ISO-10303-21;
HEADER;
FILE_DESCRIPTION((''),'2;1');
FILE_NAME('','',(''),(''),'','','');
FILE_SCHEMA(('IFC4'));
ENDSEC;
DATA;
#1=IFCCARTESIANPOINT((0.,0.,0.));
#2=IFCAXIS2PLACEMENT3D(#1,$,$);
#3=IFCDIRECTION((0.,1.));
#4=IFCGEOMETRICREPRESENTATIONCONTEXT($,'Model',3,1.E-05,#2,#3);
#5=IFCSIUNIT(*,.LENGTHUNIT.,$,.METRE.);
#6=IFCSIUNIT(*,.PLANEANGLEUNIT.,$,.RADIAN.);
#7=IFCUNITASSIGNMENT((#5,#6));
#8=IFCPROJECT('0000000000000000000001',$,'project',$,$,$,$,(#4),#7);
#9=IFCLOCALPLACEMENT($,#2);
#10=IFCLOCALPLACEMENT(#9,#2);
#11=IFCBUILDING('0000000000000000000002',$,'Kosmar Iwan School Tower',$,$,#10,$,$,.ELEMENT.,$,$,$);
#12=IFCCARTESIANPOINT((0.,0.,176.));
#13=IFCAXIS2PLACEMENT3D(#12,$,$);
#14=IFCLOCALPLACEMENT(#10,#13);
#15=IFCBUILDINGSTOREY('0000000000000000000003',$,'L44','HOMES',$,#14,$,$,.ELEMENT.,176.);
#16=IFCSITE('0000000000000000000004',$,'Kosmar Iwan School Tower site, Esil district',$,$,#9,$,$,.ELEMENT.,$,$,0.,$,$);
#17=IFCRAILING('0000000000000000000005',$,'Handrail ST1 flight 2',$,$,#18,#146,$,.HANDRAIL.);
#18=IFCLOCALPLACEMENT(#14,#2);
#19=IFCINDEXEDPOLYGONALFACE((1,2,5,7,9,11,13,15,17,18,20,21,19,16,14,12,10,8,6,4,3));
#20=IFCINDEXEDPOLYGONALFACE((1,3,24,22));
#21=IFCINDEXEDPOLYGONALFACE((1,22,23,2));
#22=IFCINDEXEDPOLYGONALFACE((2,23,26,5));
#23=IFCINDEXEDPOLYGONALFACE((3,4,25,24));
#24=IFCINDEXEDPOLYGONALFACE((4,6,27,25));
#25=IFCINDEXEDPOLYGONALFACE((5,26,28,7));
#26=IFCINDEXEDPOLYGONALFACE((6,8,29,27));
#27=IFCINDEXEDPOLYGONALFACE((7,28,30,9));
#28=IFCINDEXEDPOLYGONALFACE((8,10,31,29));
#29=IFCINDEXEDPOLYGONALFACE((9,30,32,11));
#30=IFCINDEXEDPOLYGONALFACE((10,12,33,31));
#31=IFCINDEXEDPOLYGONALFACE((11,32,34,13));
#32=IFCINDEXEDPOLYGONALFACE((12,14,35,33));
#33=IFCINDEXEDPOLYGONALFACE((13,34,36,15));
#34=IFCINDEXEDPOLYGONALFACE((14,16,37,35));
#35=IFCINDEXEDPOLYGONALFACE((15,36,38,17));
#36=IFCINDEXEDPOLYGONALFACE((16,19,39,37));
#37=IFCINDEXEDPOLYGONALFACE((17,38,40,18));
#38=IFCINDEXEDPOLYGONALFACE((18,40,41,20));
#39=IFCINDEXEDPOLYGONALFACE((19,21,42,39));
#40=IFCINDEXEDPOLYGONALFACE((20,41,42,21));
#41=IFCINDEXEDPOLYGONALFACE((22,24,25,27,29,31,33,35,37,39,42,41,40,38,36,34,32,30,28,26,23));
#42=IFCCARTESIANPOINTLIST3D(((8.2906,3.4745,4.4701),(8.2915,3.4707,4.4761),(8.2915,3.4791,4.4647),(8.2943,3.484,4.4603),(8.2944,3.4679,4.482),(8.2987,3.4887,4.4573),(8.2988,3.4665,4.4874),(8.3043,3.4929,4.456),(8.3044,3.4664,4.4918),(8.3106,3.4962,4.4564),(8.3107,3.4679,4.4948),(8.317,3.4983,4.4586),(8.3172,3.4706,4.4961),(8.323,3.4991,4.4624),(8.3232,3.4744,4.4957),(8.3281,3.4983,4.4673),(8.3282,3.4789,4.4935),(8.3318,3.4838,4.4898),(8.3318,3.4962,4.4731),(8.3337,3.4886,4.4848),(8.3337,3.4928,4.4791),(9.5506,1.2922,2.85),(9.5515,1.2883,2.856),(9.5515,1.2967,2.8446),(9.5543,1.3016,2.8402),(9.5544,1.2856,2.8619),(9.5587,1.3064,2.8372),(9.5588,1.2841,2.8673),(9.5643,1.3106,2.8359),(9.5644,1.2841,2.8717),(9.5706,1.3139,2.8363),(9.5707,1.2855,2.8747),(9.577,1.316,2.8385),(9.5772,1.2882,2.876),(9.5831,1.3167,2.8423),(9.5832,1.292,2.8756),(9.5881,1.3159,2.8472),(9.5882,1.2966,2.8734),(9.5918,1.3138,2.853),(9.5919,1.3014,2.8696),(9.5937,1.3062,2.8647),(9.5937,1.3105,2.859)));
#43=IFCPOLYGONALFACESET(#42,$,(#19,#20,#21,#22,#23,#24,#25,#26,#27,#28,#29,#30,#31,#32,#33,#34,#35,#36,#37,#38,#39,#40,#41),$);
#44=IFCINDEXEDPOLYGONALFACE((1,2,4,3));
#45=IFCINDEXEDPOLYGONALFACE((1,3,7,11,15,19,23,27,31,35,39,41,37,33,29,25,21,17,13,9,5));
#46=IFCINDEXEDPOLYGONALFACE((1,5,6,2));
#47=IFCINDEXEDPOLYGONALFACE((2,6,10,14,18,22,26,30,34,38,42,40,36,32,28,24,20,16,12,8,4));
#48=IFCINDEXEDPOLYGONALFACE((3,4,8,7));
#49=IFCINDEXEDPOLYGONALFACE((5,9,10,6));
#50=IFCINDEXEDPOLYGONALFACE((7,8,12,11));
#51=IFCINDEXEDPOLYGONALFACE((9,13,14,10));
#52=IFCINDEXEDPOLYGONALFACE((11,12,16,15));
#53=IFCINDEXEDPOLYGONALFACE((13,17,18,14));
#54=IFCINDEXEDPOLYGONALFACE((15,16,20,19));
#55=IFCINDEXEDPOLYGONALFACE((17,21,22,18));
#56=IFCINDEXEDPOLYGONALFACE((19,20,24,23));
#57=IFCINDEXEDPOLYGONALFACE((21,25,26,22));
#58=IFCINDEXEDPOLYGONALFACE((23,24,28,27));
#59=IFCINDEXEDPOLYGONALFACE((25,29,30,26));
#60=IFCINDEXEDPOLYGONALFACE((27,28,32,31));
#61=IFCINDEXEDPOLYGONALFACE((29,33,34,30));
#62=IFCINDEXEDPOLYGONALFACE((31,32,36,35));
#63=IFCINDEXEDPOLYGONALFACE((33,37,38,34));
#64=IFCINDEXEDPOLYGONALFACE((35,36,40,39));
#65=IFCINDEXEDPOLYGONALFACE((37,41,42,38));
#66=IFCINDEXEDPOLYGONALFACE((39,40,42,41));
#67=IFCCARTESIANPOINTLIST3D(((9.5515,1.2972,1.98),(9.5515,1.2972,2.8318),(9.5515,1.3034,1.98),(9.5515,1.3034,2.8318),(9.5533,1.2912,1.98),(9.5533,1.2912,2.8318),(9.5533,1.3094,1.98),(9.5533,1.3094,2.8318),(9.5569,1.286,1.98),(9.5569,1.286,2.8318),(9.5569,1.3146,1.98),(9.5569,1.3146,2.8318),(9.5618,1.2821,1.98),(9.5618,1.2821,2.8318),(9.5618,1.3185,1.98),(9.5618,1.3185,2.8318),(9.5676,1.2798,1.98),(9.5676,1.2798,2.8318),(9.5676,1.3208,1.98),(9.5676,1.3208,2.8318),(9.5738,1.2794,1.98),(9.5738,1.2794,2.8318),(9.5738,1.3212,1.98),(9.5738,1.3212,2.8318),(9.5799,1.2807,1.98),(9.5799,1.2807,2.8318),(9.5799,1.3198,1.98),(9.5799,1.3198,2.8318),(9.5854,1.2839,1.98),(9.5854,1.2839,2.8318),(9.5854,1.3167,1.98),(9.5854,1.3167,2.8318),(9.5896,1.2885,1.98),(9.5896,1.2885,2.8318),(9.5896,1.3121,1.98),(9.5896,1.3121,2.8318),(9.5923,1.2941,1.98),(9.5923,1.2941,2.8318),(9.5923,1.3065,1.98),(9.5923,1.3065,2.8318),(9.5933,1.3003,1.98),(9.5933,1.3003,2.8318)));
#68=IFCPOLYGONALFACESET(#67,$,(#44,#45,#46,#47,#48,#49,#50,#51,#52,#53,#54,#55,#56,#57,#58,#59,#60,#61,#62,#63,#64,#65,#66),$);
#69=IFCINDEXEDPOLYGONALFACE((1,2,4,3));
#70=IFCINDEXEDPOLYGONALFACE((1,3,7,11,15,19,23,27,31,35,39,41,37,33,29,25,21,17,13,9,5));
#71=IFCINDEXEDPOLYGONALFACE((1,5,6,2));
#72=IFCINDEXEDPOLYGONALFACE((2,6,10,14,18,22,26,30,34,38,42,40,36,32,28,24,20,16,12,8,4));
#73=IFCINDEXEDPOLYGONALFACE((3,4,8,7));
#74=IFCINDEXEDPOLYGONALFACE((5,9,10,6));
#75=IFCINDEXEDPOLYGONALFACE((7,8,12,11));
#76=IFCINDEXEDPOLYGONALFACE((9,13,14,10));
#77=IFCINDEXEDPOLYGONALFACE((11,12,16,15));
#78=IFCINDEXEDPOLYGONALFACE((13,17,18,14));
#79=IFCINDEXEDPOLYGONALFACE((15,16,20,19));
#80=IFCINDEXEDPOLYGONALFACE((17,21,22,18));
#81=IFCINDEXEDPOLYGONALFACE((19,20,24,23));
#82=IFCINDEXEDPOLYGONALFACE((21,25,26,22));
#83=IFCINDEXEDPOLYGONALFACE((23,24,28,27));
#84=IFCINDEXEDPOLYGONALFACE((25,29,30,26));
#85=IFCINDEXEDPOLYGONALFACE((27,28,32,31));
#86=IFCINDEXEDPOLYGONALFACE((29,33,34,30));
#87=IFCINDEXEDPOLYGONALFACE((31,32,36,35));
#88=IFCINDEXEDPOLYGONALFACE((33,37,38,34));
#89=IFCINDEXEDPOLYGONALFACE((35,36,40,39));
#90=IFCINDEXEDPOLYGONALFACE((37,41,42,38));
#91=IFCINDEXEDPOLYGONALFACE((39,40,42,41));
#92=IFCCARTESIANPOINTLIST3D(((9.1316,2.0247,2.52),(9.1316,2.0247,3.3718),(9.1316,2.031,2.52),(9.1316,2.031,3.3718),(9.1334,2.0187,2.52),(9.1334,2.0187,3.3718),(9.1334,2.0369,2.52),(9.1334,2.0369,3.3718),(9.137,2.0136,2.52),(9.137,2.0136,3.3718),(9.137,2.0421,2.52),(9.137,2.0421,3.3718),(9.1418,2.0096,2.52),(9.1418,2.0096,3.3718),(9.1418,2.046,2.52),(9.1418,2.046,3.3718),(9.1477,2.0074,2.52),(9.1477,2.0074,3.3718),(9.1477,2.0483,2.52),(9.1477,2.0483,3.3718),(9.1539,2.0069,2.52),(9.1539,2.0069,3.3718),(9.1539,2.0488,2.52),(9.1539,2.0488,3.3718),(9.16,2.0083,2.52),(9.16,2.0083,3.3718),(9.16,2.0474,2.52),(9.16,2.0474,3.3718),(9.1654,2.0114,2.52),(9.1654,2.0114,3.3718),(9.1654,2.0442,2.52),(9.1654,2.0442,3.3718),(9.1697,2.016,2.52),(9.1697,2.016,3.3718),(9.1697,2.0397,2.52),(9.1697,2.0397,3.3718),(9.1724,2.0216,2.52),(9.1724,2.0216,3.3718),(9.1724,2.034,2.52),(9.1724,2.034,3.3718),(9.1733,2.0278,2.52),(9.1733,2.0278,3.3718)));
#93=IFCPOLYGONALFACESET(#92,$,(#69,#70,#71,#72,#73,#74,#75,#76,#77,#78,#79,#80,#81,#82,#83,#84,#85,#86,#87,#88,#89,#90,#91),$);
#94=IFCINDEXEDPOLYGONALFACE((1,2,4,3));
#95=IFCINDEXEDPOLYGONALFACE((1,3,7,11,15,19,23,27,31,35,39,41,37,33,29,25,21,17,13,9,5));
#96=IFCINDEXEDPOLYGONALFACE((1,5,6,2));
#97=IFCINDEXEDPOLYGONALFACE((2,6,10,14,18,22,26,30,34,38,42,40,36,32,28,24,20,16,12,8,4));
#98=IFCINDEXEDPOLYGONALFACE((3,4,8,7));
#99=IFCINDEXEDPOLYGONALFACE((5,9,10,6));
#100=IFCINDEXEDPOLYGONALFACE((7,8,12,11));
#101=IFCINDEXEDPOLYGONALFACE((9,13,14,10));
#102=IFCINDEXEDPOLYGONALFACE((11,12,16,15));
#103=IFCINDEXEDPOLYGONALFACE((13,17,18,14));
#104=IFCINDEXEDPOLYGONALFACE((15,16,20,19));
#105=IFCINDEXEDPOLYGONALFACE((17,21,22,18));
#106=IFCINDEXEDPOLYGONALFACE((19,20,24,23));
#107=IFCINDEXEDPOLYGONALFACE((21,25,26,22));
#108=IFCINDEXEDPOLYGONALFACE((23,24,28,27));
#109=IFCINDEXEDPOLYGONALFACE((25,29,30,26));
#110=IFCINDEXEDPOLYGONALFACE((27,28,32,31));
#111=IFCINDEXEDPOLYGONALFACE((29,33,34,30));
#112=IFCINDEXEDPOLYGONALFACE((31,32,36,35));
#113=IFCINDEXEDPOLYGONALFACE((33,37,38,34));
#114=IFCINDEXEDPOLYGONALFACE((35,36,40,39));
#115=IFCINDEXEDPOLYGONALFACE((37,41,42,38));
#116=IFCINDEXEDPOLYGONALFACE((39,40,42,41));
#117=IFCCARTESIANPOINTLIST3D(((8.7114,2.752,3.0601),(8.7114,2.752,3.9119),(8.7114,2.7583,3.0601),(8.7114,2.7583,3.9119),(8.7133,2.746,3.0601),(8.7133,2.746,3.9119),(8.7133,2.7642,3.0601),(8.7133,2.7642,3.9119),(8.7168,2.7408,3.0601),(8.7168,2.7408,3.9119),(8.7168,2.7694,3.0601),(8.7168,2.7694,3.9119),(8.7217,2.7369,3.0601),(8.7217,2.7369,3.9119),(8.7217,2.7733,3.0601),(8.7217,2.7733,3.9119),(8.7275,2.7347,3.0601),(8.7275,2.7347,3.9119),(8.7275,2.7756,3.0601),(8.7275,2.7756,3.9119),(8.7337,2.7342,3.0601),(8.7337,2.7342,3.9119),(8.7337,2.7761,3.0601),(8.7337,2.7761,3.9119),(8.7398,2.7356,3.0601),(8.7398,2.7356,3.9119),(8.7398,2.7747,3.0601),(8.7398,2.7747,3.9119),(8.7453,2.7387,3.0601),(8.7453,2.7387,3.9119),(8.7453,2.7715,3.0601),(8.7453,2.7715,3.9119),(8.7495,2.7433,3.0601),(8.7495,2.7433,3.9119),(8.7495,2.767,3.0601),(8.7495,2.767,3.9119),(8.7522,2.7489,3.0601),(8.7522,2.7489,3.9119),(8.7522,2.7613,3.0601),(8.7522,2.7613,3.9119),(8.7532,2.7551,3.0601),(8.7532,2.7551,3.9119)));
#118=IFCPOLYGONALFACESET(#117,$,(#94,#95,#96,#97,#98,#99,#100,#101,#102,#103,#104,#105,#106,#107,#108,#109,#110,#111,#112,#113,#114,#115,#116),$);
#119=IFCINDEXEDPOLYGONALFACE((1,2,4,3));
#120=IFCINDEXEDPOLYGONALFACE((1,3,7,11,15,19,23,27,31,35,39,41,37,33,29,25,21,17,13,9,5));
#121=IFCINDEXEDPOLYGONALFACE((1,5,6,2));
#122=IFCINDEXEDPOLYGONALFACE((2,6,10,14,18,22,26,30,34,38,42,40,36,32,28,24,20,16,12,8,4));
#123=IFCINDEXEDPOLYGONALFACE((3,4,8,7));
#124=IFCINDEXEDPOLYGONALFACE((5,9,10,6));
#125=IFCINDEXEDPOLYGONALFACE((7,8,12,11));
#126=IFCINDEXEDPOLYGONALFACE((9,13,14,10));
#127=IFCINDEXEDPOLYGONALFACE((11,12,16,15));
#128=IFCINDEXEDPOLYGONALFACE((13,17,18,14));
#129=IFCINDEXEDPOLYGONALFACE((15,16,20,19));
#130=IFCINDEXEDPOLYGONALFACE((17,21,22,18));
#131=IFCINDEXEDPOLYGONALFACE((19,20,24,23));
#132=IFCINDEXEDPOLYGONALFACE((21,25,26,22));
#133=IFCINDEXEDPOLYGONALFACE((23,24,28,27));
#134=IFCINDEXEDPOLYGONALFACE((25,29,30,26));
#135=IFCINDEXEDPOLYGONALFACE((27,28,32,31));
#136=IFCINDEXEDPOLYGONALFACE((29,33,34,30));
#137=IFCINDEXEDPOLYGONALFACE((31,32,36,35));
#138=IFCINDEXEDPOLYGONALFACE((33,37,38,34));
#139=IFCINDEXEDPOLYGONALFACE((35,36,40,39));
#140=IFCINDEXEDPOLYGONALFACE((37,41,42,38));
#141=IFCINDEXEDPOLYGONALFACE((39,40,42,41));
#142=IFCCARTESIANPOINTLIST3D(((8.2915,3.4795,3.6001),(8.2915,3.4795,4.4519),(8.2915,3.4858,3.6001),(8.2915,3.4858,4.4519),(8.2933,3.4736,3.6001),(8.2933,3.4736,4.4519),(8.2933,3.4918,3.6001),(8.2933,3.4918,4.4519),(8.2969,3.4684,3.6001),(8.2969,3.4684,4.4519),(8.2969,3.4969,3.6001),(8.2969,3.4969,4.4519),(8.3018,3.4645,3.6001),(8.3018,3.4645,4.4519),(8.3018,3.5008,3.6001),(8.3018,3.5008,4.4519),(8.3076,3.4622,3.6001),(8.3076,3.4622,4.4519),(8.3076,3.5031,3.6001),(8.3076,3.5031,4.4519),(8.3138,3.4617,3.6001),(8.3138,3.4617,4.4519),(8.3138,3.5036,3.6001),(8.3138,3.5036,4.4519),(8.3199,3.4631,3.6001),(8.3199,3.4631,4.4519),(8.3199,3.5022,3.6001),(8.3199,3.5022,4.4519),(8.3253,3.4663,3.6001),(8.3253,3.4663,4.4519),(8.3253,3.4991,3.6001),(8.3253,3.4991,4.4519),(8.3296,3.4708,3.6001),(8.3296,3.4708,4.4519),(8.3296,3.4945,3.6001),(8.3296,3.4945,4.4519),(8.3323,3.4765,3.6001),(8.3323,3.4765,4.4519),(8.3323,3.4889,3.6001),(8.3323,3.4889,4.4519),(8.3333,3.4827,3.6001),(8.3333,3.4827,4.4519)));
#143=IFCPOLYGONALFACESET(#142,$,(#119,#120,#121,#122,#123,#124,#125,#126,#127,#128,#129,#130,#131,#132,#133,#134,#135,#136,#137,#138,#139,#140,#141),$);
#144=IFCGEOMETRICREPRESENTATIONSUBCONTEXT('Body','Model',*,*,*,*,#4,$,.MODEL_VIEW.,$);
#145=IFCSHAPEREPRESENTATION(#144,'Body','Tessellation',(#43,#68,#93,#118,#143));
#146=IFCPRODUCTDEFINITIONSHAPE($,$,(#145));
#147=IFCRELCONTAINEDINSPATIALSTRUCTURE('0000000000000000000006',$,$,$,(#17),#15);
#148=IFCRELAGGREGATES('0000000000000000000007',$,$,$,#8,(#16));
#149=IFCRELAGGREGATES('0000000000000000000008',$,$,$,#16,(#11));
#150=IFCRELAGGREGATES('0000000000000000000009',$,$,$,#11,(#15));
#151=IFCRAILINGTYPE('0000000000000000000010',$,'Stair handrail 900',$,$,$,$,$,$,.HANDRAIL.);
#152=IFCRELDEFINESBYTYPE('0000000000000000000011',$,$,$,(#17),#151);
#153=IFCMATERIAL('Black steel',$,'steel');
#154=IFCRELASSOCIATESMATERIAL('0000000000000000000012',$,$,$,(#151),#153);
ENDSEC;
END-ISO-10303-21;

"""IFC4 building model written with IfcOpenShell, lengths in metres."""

from ifc_helpers import new_model, si_unit, direction, frame, origin, origin_2d, place, context, subcontext, project, spatial, circle, extrude, material, type_object, element, save


model = new_model("IFC4")

# Units and contexts
model_context = context("Model", 3, precision=1e-05, world=origin(), true_north=direction((0.0, 1.0)))
body_context = subcontext(model_context, "Body", "Model", "MODEL_VIEW")
ifc_project = project(units=[si_unit("LENGTHUNIT", "METRE"), si_unit("PLANEANGLEUNIT", "RADIAN")], contexts=[model_context])

# Site, building, storey
site_placement = place(None, origin())
site = spatial("IfcSite", under=ifc_project, at=site_placement, Name="Kosmar Iwan School Tower site, Esil district", CompositionType="ELEMENT", RefElevation=0.0)
building_placement = place(site_placement, origin())
building = spatial("IfcBuilding", under=site, at=building_placement, Name="Kosmar Iwan School Tower", CompositionType="ELEMENT")
storey_placement = place(building_placement, frame((0.0, 0.0, 176.0)))
storey = spatial("IfcBuildingStorey", under=building, at=storey_placement, Name="L44", Description="HOMES", CompositionType="ELEMENT", Elevation=176.0)

# Railing
ifc_material_1 = material(Name="Black steel", Category="steel")
railing_type = type_object("IfcRailingType", Name="Stair handrail 900", PredefinedType="HANDRAIL", material=ifc_material_1)
railing_placement = place(storey_placement, frame((9.5723, 1.3003, 1.98)))
element("IfcRailing", 1, at=railing_placement, inside=storey, type_object=railing_type, Name="Handrail ST1 flight 2", PredefinedType="HANDRAIL", context=body_context, shape_type="SweptSolid", body=[
    extrude(circle(Radius=0.0239, at=origin_2d()), frame((0.0, 0.0, 0.876), z_axis=(-0.420584, 0.728464, 0.540786), x_axis=(-0.866023, -0.500005, 0.0)), (0.0, 0.0, 1.0), 2.9958),
    extrude(circle(Radius=0.021, at=origin_2d()), origin(), (0.0, 0.0, 1.0), 0.8518),
    extrude(circle(Radius=0.021, at=origin_2d()), frame((-0.4199, 0.7275, 0.54)), (0.0, 0.0, 1.0), 0.8518),
    extrude(circle(Radius=0.021, at=origin_2d()), frame((-0.8401, 1.4548, 1.0801)), (0.0, 0.0, 1.0), 0.8518),
    extrude(circle(Radius=0.021, at=origin_2d()), frame((-1.26, 2.1824, 1.6201)), (0.0, 0.0, 1.0), 0.8518),
])

save(model, "model.ifc")
